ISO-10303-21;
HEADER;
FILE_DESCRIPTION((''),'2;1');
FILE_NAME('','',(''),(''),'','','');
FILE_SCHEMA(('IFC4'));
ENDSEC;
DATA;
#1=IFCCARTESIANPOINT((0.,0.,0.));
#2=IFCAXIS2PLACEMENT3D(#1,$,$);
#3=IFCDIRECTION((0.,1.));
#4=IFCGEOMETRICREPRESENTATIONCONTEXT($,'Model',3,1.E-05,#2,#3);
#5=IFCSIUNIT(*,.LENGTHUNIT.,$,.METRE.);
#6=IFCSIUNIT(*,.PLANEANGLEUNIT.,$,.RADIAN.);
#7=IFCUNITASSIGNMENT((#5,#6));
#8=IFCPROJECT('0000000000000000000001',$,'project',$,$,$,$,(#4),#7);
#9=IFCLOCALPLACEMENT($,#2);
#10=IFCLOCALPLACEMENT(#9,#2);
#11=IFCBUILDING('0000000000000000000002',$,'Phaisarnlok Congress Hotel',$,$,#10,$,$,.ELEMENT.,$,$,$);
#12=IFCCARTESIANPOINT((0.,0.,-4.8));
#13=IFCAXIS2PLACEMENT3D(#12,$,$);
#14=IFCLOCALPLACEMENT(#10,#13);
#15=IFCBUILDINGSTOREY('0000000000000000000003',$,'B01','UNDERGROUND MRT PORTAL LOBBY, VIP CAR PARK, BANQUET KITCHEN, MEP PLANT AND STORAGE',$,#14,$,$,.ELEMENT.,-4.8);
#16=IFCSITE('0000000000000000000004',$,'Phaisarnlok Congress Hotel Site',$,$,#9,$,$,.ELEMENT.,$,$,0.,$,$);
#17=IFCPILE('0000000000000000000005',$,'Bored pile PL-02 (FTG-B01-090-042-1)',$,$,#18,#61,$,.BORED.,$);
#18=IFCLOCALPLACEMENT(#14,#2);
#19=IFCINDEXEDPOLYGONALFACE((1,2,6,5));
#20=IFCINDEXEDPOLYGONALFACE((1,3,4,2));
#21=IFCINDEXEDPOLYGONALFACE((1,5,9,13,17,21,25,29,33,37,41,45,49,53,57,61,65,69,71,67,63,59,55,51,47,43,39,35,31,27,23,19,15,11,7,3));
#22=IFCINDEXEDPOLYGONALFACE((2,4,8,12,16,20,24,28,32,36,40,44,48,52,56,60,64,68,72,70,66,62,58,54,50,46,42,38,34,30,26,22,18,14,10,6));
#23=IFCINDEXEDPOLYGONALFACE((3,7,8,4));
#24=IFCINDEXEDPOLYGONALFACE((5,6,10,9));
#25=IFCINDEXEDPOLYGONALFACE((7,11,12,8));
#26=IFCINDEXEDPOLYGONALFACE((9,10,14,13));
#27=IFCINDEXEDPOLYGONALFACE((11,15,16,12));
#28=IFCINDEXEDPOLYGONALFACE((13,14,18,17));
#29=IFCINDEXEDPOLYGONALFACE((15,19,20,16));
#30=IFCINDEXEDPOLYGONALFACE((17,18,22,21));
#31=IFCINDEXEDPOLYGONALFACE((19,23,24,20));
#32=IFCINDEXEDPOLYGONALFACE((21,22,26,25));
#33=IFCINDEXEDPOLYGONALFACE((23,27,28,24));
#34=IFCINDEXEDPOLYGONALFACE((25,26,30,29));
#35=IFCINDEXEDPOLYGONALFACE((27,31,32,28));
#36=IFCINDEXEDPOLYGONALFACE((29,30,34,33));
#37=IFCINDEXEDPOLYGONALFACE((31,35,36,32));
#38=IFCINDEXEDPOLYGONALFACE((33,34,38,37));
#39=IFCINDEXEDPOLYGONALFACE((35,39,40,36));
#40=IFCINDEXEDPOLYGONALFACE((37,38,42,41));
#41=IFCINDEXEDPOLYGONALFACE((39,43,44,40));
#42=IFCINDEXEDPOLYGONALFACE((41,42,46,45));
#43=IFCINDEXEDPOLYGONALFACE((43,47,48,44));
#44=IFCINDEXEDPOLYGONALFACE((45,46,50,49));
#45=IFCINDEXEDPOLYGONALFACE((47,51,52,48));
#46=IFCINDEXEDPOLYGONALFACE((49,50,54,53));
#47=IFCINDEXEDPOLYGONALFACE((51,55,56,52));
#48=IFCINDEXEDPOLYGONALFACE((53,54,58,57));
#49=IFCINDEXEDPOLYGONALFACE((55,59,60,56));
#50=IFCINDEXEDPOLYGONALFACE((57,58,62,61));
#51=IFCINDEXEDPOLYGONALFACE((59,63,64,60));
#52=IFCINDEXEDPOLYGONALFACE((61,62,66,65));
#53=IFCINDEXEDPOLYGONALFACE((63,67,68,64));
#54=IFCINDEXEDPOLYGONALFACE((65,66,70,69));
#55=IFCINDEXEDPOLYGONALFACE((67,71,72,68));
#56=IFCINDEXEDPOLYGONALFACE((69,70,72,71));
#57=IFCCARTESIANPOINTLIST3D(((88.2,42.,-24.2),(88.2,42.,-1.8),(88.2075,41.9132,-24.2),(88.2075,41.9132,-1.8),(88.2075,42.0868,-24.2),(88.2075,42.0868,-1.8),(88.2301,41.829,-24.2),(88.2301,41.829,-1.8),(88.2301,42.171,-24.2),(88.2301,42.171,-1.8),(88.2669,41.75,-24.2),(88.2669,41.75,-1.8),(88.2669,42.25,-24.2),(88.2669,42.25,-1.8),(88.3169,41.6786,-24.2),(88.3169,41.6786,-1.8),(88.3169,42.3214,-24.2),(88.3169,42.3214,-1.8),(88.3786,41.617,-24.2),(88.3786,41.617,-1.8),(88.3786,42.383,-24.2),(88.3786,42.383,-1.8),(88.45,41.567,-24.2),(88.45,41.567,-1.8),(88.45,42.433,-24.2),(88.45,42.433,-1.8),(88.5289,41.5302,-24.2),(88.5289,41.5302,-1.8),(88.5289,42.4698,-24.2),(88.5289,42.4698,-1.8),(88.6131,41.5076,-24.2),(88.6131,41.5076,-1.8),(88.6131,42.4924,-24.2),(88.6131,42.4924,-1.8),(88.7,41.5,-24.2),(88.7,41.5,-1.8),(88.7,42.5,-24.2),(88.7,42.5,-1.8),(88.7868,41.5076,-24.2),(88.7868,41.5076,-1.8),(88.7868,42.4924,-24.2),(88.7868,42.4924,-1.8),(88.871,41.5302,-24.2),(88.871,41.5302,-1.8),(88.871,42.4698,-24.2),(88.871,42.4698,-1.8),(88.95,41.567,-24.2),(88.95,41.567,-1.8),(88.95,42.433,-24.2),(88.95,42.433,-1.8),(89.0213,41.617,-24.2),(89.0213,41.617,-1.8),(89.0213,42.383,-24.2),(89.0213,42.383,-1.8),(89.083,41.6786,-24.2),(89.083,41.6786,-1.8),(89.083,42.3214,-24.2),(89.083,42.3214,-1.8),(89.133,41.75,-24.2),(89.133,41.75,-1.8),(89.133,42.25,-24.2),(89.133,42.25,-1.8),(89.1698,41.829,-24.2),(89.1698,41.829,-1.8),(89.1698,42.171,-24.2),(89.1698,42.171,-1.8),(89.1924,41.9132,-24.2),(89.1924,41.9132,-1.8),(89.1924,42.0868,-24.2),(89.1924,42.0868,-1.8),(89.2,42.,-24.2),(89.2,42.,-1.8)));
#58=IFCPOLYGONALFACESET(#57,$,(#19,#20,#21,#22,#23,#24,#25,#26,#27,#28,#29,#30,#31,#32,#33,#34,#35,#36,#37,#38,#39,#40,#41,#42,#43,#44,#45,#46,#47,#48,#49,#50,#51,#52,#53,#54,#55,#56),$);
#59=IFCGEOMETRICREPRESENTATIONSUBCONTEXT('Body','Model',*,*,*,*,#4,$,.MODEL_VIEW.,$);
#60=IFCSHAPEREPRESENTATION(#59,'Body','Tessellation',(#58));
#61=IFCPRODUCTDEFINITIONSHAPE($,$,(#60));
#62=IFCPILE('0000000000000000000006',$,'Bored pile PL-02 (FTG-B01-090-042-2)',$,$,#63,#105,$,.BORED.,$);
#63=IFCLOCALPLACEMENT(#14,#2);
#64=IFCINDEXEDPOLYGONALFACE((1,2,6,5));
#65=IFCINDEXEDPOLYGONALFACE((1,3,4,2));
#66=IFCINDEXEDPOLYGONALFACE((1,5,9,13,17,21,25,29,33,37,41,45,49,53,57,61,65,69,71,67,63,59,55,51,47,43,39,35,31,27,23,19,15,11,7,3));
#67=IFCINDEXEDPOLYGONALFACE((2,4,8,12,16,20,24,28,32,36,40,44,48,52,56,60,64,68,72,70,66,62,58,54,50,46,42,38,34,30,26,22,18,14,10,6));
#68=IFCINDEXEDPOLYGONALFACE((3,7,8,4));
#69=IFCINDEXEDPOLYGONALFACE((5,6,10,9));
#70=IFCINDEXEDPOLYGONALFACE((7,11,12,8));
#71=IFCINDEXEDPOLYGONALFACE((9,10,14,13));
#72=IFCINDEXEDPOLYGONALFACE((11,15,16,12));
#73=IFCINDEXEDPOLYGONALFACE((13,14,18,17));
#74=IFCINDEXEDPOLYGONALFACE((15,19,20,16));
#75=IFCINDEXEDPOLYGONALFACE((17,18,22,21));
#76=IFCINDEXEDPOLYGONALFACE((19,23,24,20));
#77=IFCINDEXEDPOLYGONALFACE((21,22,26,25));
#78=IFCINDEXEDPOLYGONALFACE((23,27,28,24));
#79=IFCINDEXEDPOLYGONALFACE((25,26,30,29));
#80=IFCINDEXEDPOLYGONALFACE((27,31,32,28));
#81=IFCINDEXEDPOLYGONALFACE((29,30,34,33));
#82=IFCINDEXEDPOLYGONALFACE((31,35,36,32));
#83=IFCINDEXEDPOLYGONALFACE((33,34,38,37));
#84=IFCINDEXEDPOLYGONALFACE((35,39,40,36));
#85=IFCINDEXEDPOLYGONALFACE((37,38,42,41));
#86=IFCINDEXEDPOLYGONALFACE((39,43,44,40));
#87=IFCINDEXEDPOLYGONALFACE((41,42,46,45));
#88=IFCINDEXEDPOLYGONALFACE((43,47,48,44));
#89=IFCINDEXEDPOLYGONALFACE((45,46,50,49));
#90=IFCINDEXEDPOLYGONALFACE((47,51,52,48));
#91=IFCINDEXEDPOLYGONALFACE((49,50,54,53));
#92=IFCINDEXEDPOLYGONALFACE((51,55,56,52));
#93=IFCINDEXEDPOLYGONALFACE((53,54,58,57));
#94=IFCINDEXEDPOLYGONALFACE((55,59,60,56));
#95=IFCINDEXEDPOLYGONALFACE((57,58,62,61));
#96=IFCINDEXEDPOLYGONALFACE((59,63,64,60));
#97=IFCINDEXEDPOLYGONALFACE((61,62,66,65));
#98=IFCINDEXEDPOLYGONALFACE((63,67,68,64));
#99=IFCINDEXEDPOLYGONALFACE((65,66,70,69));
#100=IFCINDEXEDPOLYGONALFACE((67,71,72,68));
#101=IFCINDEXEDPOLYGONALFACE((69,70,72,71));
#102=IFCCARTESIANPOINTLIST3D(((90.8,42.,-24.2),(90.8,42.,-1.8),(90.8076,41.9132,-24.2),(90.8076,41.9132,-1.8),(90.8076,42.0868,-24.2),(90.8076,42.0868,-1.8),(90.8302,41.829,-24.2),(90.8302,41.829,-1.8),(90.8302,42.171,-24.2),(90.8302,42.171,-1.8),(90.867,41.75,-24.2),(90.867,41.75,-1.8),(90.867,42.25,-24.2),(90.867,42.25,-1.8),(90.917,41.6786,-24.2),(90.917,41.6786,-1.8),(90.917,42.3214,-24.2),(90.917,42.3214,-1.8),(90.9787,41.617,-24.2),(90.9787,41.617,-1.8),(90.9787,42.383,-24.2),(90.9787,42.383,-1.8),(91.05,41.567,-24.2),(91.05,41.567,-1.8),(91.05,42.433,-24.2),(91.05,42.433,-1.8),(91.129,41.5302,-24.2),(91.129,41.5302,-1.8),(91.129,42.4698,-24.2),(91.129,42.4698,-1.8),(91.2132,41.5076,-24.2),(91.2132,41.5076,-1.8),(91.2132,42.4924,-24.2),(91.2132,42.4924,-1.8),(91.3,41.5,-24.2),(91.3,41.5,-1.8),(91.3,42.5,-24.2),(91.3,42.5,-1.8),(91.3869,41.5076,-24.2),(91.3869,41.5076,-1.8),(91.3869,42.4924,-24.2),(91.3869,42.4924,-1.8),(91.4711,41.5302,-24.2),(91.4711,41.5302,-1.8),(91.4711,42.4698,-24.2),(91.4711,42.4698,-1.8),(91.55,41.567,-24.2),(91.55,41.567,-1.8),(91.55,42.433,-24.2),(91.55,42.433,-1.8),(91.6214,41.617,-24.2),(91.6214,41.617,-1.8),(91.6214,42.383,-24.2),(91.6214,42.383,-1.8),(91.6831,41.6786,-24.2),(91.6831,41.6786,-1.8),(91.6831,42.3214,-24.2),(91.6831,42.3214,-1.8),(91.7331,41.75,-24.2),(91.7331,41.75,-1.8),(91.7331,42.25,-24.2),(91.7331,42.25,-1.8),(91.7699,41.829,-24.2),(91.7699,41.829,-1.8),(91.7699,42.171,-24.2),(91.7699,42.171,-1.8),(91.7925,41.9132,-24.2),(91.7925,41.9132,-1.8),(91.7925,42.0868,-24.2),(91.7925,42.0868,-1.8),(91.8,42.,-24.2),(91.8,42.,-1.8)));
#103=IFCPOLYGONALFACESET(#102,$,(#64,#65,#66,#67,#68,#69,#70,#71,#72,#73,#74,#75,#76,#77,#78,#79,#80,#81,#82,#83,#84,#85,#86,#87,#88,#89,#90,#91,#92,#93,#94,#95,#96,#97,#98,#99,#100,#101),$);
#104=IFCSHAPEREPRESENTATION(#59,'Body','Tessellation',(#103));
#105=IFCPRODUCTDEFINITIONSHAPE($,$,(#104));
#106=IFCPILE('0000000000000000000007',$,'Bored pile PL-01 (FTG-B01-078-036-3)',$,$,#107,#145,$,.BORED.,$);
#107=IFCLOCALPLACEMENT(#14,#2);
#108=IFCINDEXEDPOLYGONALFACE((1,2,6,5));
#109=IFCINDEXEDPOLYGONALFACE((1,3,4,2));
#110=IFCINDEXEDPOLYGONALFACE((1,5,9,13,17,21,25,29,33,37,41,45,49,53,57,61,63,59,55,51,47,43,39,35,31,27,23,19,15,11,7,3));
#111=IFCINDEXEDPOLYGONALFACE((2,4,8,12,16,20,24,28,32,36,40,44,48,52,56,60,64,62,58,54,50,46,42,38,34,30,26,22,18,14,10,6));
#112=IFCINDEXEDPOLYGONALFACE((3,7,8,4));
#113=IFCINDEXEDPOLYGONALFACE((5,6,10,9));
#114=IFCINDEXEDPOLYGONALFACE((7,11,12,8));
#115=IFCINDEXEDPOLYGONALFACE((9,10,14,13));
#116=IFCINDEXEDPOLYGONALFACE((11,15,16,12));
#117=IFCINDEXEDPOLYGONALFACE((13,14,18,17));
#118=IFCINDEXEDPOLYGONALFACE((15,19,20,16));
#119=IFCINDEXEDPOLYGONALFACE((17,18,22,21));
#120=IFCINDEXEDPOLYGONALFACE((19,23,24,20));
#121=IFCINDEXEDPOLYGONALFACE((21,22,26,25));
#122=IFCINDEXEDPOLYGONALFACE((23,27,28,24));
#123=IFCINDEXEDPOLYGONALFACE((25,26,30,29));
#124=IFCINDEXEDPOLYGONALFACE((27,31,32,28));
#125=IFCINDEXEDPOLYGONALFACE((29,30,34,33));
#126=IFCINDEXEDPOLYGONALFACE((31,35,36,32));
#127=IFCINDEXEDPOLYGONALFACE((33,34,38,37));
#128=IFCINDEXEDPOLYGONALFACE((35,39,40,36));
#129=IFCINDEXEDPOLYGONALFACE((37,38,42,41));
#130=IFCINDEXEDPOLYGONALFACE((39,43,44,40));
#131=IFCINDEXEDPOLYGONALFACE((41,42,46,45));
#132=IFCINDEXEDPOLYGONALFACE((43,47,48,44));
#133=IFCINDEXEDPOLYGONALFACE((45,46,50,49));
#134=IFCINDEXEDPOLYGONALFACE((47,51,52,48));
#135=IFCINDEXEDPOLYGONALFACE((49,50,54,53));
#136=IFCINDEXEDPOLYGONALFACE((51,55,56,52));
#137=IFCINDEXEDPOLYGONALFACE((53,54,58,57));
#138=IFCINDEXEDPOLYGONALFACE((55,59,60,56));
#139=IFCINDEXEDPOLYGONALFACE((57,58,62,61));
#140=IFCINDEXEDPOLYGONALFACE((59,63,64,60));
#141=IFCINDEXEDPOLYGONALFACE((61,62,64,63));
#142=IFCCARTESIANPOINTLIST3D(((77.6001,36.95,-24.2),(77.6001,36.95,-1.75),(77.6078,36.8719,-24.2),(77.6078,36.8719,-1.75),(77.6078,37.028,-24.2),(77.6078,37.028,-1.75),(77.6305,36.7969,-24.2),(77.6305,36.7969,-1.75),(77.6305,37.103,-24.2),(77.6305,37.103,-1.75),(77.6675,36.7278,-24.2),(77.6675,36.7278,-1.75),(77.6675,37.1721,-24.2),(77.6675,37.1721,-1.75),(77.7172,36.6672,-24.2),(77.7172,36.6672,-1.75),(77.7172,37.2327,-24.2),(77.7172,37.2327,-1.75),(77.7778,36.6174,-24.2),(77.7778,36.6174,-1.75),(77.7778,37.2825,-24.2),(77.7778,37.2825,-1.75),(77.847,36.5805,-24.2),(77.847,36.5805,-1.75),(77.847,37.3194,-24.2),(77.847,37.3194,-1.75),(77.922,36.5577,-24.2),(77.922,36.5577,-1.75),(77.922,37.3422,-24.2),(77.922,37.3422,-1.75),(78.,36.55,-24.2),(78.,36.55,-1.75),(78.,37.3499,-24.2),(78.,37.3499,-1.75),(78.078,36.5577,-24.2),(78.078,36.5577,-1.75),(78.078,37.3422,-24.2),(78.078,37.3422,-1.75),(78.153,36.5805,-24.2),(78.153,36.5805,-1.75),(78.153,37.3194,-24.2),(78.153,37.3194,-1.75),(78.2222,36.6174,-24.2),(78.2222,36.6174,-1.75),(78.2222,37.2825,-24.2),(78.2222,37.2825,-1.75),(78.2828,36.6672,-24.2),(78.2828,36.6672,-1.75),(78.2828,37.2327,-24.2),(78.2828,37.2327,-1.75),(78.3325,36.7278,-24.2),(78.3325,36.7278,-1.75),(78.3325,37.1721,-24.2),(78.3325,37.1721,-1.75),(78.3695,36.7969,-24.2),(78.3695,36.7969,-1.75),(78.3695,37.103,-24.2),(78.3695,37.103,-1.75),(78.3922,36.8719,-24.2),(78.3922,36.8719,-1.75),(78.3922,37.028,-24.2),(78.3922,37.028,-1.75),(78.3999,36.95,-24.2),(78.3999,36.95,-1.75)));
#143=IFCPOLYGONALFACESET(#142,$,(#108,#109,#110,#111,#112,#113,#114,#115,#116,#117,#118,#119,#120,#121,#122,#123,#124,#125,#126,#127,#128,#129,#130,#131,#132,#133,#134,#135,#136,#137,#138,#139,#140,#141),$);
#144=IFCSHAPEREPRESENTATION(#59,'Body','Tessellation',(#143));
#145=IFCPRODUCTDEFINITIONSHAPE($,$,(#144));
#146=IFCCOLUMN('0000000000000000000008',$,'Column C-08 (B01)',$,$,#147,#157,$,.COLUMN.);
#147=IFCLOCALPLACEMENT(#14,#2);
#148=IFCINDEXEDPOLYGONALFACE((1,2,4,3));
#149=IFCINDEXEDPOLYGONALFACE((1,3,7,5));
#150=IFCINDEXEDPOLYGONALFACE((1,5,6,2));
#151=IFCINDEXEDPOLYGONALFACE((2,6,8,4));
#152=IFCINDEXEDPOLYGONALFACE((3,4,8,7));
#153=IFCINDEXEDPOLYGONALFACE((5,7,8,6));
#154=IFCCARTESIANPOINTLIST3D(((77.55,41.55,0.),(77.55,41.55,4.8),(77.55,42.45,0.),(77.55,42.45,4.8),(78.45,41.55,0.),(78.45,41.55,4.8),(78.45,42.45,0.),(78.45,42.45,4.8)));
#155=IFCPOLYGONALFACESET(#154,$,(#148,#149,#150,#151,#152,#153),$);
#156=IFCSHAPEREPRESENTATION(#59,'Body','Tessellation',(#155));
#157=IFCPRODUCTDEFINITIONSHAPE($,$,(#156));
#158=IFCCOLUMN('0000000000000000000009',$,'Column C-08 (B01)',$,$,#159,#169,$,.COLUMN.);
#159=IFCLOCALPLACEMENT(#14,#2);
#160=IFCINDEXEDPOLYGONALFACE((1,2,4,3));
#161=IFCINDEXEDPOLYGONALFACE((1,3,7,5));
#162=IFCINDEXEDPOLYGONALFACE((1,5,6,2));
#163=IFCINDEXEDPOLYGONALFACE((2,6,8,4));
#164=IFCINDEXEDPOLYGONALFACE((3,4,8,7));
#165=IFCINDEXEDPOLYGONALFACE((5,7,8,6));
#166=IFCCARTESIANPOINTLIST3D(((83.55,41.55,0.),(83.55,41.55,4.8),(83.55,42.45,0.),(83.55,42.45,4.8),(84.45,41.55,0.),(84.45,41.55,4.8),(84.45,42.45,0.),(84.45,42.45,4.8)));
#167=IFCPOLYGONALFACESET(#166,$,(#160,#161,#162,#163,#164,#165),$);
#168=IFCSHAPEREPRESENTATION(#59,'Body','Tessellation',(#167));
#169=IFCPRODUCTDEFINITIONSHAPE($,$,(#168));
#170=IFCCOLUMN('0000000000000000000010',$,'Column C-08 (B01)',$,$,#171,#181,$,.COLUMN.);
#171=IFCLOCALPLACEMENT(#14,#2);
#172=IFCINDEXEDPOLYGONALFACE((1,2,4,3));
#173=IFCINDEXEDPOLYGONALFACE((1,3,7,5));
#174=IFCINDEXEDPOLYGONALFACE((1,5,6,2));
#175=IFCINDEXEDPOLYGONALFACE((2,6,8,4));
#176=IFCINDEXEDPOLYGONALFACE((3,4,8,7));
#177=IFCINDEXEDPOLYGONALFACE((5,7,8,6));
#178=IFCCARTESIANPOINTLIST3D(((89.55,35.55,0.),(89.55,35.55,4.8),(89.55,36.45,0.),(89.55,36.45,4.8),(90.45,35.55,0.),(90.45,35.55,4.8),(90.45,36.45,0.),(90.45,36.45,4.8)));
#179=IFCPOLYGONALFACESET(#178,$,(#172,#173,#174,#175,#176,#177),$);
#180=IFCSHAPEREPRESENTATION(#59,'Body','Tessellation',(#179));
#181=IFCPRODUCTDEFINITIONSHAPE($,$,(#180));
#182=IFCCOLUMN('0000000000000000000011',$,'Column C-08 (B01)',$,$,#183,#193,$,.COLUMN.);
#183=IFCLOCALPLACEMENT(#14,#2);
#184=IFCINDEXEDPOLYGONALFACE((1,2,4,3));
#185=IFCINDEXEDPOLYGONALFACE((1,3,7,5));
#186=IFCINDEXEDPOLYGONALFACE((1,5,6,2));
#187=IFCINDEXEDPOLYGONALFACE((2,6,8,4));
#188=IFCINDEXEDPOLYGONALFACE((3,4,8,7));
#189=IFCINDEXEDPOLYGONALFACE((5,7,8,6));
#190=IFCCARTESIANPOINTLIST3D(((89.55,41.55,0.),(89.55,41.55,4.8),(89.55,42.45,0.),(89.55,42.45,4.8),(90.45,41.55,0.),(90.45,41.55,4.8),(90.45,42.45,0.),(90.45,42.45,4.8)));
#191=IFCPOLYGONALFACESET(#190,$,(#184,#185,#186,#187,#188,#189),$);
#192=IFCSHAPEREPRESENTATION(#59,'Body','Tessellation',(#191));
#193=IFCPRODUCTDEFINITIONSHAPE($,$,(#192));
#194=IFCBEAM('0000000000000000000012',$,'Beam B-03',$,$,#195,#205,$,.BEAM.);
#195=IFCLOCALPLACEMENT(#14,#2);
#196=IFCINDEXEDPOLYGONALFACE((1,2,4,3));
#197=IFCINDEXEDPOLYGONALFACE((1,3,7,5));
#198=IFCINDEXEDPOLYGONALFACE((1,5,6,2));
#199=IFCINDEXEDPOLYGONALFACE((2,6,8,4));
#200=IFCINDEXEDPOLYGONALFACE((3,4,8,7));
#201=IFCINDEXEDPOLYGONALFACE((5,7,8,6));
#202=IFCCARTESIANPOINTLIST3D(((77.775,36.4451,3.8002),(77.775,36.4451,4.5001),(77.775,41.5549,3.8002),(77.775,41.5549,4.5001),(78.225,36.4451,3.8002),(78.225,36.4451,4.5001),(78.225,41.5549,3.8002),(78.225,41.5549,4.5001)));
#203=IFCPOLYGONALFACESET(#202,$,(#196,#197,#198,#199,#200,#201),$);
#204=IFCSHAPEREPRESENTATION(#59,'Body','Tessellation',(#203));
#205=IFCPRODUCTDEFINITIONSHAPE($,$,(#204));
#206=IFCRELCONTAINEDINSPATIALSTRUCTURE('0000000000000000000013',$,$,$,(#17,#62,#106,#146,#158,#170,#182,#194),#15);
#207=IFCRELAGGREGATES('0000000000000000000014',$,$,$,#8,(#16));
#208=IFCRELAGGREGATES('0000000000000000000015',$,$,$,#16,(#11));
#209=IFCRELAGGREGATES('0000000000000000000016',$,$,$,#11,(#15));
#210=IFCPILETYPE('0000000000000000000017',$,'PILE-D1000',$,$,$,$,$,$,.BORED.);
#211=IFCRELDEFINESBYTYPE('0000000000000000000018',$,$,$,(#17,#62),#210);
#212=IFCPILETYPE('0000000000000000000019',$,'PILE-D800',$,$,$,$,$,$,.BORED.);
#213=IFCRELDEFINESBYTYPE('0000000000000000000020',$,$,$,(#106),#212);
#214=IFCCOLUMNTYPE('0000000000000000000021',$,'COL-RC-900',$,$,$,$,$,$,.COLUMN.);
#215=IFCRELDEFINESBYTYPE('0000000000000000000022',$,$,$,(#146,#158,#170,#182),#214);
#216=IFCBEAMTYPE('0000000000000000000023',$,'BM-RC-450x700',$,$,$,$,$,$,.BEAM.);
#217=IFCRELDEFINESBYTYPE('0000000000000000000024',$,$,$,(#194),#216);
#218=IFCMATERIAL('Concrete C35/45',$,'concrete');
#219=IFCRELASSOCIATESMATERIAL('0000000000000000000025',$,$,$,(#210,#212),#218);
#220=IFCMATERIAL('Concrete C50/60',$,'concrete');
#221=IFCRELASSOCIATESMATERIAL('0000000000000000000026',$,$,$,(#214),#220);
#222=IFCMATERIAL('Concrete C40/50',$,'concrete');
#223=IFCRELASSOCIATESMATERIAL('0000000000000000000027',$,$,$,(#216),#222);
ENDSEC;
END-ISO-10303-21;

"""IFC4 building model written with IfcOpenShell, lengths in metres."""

from ifc_helpers import new_model, si_unit, direction, frame, origin, origin_2d, place, context, subcontext, project, spatial, rectangle, circle, extrude, material, material_profile, profile_set, type_object, element, save


model = new_model("IFC4")

# Units and contexts
model_context = context("Model", 3, precision=1e-05, world=origin(), true_north=direction((0.0, 1.0)))
body_context = subcontext(model_context, "Body", "Model", "MODEL_VIEW")
ifc_project = project(units=[si_unit("LENGTHUNIT", "METRE"), si_unit("PLANEANGLEUNIT", "RADIAN")], contexts=[model_context])

# Site, building, storey
site_placement = place(None, origin())
site = spatial("IfcSite", under=ifc_project, at=site_placement, Name="Phaisarnlok Congress Hotel Site", CompositionType="ELEMENT", RefElevation=0.0)
building_placement = place(site_placement, origin())
building = spatial("IfcBuilding", under=site, at=building_placement, Name="Phaisarnlok Congress Hotel", CompositionType="ELEMENT")
storey_placement = place(building_placement, frame((0.0, 0.0, -4.8)))
storey = spatial("IfcBuildingStorey", under=building, at=storey_placement, Name="B01", Description="UNDERGROUND MRT PORTAL LOBBY, VIP CAR PARK, BANQUET KITCHEN, MEP PLANT AND STORAGE", CompositionType="ELEMENT", Elevation=-4.8)

# Shared definitions
ifc_material_1 = material(Name="Concrete C40/50", Category="concrete")

# Piles
ifc_material_2 = material(Name="Concrete C35/45", Category="concrete")
ifc_material_profile_1 = material_profile(ifc_material_2, circle(Radius=0.5, at=origin_2d()), Name="BORED PILE D1000")
ifc_profile_set_1 = profile_set([ifc_material_profile_1], Name="Concrete C35/45")
pile_type_1 = type_object("IfcPileType", Name="PILE-D1000", PredefinedType="BORED", material=ifc_profile_set_1)
for number, where, z_axis, x_axis, name in (
    (1, (88.7, 42.0, -1.8), (0.0, 0.0, -1.0), (1.0, 0.0, 0.0), "Bored pile PL-02 (FTG-B01-090-042-1)"),
    (2, (91.3, 42.0, -1.8), (0.0, 0.0, -1.0), (1.0, 0.0, 0.0), "Bored pile PL-02 (FTG-B01-090-042-2)"),
):
    element("IfcPile", number, at=place(storey_placement, frame(where, z_axis=z_axis, x_axis=x_axis)), inside=storey, type_object=pile_type_1, Name=name, PredefinedType="BORED", context=body_context, shape_type="SweptSolid", body=[
        extrude(circle(Radius=0.5, at=origin_2d()), origin(), (0.0, 0.0, 1.0), 22.3999),
    ])
ifc_material_profile_2 = material_profile(ifc_material_2, circle(Radius=0.3999, at=origin_2d()), Name="BORED PILE D800")
ifc_profile_set_2 = profile_set([ifc_material_profile_2], Name="Concrete C35/45")
pile_type_2 = type_object("IfcPileType", Name="PILE-D800", PredefinedType="BORED", material=ifc_profile_set_2)
pile_placement = place(storey_placement, frame((78.0, 36.95, -1.75), z_axis=(0.0, 0.0, -1.0), x_axis=(1.0, 0.0, 0.0)))
element("IfcPile", 3, at=pile_placement, inside=storey, type_object=pile_type_2, Name="Bored pile PL-01 (FTG-B01-078-036-3)", PredefinedType="BORED", context=body_context, shape_type="SweptSolid", body=[
    extrude(circle(Radius=0.3999, at=origin_2d()), origin(), (0.0, 0.0, 1.0), 22.45),
])

# Columns
ifc_material_3 = material(Name="Concrete C50/60", Category="concrete")
ifc_material_profile_3 = material_profile(ifc_material_3, rectangle(XDim=0.8999, YDim=0.8999, at=origin_2d()), Name="RC 900x900")
ifc_profile_set_3 = profile_set([ifc_material_profile_3], Name="Concrete C50/60")
column_type = type_object("IfcColumnType", Name="COL-RC-900", PredefinedType="COLUMN", material=ifc_profile_set_3)
for number, where, z_axis, x_axis, name in (
    (4, (78.0, 42.0, 0.0), (0.0, 0.0, 1.0), (1.0, 0.0, 0.0), "Column C-08 (B01)"),
    (5, (84.0, 42.0, 0.0), (0.0, 0.0, 1.0), (1.0, 0.0, 0.0), "Column C-08 (B01)"),
    (6, (90.0, 36.0, 0.0), (0.0, 0.0, 1.0), (1.0, 0.0, 0.0), "Column C-08 (B01)"),
    (7, (90.0, 42.0, 0.0), (0.0, 0.0, 1.0), (1.0, 0.0, 0.0), "Column C-08 (B01)"),
):
    element("IfcColumn", number, at=place(storey_placement, frame(where, z_axis=z_axis, x_axis=x_axis)), inside=storey, type_object=column_type, Name=name, PredefinedType="COLUMN", context=body_context, shape_type="SweptSolid", body=[
        extrude(rectangle(XDim=0.8999, YDim=0.8999, at=origin_2d()), origin(), (0.0, 0.0, 1.0), 4.8),
    ])

# Beam
ifc_material_profile_4 = material_profile(ifc_material_1, rectangle(XDim=0.45, YDim=0.7, at=origin_2d()), Name="RC 450x700")
ifc_profile_set_4 = profile_set([ifc_material_profile_4], Name="Concrete C40/50")
beam_type_1 = type_object("IfcBeamType", Name="BM-RC-450x700", PredefinedType="BEAM", material=ifc_profile_set_4)
for number, where, z_axis, x_axis, name in (
    (8, (78.0, 36.4451, 4.1501), (0.0, 1.0, 0.0), (-1.0, 0.0, 0.0), "Beam B-03"),
):
    element("IfcBeam", number, at=place(storey_placement, frame(where, z_axis=z_axis, x_axis=x_axis)), inside=storey, type_object=beam_type_1, Name=name, PredefinedType="BEAM", context=body_context, shape_type="SweptSolid", body=[
        extrude(rectangle(XDim=0.45, YDim=0.7, at=origin_2d()), origin(), (0.0, 0.0, 1.0), 5.1099),
    ])

save(model, "model.ifc")
